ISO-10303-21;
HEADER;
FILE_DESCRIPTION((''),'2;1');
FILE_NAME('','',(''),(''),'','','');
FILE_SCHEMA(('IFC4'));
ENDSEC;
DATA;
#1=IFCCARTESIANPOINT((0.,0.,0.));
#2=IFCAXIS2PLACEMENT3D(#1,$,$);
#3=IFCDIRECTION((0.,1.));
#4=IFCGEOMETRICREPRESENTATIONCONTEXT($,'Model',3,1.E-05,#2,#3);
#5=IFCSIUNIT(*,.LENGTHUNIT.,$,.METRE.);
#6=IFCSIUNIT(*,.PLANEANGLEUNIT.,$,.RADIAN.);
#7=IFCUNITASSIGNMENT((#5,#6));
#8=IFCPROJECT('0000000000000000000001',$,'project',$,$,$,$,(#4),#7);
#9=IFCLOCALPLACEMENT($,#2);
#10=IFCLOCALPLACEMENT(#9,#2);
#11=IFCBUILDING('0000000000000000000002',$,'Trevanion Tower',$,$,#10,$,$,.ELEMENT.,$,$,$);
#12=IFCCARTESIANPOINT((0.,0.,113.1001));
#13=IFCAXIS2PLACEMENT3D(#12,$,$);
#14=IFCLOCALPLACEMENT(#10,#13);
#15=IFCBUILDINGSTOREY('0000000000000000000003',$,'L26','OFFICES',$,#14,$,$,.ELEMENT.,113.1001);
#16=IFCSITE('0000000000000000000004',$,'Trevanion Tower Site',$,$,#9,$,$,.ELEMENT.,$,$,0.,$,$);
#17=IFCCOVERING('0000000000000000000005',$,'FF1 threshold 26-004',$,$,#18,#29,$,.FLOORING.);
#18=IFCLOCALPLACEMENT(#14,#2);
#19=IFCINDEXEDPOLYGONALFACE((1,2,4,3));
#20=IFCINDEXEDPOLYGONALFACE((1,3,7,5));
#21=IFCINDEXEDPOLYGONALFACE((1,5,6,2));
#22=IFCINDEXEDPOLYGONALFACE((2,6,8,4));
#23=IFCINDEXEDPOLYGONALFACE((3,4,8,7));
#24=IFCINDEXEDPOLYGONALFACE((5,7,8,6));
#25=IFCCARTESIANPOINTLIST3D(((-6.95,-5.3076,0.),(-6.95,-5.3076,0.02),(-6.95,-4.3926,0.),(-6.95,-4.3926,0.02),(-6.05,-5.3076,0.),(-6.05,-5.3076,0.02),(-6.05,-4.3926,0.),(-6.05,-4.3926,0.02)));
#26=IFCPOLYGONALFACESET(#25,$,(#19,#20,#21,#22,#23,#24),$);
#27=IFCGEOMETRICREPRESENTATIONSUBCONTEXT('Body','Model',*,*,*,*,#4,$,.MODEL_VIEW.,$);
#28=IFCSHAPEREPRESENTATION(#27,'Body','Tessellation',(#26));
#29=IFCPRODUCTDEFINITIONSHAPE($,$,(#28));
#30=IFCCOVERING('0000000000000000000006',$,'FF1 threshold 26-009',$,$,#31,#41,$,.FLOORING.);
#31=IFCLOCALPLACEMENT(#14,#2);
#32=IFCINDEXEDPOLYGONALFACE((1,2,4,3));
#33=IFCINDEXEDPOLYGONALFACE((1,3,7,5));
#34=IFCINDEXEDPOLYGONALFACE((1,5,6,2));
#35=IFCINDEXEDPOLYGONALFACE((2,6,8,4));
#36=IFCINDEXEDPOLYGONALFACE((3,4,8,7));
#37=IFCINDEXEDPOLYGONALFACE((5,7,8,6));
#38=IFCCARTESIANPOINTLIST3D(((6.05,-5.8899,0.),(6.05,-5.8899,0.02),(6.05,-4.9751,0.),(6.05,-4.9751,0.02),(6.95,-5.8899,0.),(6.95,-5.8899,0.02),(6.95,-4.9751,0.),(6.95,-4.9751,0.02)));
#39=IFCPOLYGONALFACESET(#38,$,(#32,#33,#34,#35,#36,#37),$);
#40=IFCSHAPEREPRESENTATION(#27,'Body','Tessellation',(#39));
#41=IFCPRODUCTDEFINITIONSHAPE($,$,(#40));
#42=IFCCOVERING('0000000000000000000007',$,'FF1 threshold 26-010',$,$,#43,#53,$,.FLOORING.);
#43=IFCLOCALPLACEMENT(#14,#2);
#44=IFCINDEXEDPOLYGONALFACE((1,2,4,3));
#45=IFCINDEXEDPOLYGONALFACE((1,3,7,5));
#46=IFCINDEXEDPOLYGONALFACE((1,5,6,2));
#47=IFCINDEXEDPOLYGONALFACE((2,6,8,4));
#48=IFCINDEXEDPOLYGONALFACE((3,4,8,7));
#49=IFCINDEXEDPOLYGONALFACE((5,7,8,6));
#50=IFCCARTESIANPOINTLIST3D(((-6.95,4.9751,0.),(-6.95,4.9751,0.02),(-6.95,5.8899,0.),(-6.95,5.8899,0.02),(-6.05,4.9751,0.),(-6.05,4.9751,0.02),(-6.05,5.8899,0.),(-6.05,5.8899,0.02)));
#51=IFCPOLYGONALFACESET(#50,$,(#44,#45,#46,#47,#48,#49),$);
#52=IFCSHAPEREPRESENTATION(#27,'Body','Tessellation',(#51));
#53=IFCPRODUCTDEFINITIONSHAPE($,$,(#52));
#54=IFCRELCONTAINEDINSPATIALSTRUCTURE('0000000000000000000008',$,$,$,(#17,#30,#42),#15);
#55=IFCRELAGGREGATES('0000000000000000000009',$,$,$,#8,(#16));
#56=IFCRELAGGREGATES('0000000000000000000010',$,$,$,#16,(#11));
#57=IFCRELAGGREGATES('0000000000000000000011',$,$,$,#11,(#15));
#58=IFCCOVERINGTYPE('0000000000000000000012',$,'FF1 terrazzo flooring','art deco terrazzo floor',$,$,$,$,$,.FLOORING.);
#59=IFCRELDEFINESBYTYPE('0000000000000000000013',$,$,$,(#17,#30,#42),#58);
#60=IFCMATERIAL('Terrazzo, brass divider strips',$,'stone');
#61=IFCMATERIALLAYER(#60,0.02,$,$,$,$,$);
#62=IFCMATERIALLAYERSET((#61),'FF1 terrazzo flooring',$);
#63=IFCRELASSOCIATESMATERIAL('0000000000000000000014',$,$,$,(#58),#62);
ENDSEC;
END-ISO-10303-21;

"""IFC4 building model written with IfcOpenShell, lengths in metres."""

from ifc_helpers import new_model, si_unit, direction, frame, origin, place, context, subcontext, project, spatial, polyline, outline, extrude, material, layer, layer_set, type_object, element, save


model = new_model("IFC4")

# Units and contexts
model_context = context("Model", 3, precision=1e-05, world=origin(), true_north=direction((0.0, 1.0)))
body_context = subcontext(model_context, "Body", "Model", "MODEL_VIEW")
ifc_project = project(units=[si_unit("LENGTHUNIT", "METRE"), si_unit("PLANEANGLEUNIT", "RADIAN")], contexts=[model_context])

# Site, building, storey
site_placement = place(None, origin())
site = spatial("IfcSite", under=ifc_project, at=site_placement, Name="Trevanion Tower Site", CompositionType="ELEMENT", RefElevation=0.0)
building_placement = place(site_placement, origin())
building = spatial("IfcBuilding", under=site, at=building_placement, Name="Trevanion Tower", CompositionType="ELEMENT")
storey_placement = place(building_placement, frame((0.0, 0.0, 113.1001)))
storey = spatial("IfcBuildingStorey", under=building, at=storey_placement, Name="L26", Description="OFFICES", CompositionType="ELEMENT", Elevation=113.1001)

# Coverings
ifc_material_1 = material(Name="Terrazzo, brass divider strips", Category="stone")
ifc_layer_1 = layer(ifc_material_1, 0.02)
ifc_layer_set_1 = layer_set([ifc_layer_1], Name="FF1 terrazzo flooring")
covering_type = type_object("IfcCoveringType", Name="FF1 terrazzo flooring", Description="art deco terrazzo floor", PredefinedType="FLOORING", material=ifc_layer_set_1)
covering_1_placement = place(storey_placement, origin())
element("IfcCovering", 1, at=covering_1_placement, inside=storey, type_object=covering_type, Name="FF1 threshold 26-004", PredefinedType="FLOORING", context=body_context, shape_type="SweptSolid", body=[
    extrude(outline(polyline([(-6.95, -4.3926), (-6.95, -5.3076), (-6.05, -5.3076), (-6.05, -4.3926), (-6.95, -4.3926)])), origin(), (0.0, 0.0, 1.0), 0.02),
])
covering_2_placement = place(storey_placement, origin())
element("IfcCovering", 2, at=covering_2_placement, inside=storey, type_object=covering_type, Name="FF1 threshold 26-009", PredefinedType="FLOORING", context=body_context, shape_type="SweptSolid", body=[
    extrude(outline(polyline([(6.95, -5.8899), (6.95, -4.9751), (6.05, -4.9751), (6.05, -5.8899), (6.95, -5.8899)])), origin(), (0.0, 0.0, 1.0), 0.02),
])
covering_3_placement = place(storey_placement, origin())
element("IfcCovering", 3, at=covering_3_placement, inside=storey, type_object=covering_type, Name="FF1 threshold 26-010", PredefinedType="FLOORING", context=body_context, shape_type="SweptSolid", body=[
    extrude(outline(polyline([(-6.95, 5.8899), (-6.95, 4.9751), (-6.05, 4.9751), (-6.05, 5.8899), (-6.95, 5.8899)])), origin(), (0.0, 0.0, 1.0), 0.02),
])

save(model, "model.ifc")
